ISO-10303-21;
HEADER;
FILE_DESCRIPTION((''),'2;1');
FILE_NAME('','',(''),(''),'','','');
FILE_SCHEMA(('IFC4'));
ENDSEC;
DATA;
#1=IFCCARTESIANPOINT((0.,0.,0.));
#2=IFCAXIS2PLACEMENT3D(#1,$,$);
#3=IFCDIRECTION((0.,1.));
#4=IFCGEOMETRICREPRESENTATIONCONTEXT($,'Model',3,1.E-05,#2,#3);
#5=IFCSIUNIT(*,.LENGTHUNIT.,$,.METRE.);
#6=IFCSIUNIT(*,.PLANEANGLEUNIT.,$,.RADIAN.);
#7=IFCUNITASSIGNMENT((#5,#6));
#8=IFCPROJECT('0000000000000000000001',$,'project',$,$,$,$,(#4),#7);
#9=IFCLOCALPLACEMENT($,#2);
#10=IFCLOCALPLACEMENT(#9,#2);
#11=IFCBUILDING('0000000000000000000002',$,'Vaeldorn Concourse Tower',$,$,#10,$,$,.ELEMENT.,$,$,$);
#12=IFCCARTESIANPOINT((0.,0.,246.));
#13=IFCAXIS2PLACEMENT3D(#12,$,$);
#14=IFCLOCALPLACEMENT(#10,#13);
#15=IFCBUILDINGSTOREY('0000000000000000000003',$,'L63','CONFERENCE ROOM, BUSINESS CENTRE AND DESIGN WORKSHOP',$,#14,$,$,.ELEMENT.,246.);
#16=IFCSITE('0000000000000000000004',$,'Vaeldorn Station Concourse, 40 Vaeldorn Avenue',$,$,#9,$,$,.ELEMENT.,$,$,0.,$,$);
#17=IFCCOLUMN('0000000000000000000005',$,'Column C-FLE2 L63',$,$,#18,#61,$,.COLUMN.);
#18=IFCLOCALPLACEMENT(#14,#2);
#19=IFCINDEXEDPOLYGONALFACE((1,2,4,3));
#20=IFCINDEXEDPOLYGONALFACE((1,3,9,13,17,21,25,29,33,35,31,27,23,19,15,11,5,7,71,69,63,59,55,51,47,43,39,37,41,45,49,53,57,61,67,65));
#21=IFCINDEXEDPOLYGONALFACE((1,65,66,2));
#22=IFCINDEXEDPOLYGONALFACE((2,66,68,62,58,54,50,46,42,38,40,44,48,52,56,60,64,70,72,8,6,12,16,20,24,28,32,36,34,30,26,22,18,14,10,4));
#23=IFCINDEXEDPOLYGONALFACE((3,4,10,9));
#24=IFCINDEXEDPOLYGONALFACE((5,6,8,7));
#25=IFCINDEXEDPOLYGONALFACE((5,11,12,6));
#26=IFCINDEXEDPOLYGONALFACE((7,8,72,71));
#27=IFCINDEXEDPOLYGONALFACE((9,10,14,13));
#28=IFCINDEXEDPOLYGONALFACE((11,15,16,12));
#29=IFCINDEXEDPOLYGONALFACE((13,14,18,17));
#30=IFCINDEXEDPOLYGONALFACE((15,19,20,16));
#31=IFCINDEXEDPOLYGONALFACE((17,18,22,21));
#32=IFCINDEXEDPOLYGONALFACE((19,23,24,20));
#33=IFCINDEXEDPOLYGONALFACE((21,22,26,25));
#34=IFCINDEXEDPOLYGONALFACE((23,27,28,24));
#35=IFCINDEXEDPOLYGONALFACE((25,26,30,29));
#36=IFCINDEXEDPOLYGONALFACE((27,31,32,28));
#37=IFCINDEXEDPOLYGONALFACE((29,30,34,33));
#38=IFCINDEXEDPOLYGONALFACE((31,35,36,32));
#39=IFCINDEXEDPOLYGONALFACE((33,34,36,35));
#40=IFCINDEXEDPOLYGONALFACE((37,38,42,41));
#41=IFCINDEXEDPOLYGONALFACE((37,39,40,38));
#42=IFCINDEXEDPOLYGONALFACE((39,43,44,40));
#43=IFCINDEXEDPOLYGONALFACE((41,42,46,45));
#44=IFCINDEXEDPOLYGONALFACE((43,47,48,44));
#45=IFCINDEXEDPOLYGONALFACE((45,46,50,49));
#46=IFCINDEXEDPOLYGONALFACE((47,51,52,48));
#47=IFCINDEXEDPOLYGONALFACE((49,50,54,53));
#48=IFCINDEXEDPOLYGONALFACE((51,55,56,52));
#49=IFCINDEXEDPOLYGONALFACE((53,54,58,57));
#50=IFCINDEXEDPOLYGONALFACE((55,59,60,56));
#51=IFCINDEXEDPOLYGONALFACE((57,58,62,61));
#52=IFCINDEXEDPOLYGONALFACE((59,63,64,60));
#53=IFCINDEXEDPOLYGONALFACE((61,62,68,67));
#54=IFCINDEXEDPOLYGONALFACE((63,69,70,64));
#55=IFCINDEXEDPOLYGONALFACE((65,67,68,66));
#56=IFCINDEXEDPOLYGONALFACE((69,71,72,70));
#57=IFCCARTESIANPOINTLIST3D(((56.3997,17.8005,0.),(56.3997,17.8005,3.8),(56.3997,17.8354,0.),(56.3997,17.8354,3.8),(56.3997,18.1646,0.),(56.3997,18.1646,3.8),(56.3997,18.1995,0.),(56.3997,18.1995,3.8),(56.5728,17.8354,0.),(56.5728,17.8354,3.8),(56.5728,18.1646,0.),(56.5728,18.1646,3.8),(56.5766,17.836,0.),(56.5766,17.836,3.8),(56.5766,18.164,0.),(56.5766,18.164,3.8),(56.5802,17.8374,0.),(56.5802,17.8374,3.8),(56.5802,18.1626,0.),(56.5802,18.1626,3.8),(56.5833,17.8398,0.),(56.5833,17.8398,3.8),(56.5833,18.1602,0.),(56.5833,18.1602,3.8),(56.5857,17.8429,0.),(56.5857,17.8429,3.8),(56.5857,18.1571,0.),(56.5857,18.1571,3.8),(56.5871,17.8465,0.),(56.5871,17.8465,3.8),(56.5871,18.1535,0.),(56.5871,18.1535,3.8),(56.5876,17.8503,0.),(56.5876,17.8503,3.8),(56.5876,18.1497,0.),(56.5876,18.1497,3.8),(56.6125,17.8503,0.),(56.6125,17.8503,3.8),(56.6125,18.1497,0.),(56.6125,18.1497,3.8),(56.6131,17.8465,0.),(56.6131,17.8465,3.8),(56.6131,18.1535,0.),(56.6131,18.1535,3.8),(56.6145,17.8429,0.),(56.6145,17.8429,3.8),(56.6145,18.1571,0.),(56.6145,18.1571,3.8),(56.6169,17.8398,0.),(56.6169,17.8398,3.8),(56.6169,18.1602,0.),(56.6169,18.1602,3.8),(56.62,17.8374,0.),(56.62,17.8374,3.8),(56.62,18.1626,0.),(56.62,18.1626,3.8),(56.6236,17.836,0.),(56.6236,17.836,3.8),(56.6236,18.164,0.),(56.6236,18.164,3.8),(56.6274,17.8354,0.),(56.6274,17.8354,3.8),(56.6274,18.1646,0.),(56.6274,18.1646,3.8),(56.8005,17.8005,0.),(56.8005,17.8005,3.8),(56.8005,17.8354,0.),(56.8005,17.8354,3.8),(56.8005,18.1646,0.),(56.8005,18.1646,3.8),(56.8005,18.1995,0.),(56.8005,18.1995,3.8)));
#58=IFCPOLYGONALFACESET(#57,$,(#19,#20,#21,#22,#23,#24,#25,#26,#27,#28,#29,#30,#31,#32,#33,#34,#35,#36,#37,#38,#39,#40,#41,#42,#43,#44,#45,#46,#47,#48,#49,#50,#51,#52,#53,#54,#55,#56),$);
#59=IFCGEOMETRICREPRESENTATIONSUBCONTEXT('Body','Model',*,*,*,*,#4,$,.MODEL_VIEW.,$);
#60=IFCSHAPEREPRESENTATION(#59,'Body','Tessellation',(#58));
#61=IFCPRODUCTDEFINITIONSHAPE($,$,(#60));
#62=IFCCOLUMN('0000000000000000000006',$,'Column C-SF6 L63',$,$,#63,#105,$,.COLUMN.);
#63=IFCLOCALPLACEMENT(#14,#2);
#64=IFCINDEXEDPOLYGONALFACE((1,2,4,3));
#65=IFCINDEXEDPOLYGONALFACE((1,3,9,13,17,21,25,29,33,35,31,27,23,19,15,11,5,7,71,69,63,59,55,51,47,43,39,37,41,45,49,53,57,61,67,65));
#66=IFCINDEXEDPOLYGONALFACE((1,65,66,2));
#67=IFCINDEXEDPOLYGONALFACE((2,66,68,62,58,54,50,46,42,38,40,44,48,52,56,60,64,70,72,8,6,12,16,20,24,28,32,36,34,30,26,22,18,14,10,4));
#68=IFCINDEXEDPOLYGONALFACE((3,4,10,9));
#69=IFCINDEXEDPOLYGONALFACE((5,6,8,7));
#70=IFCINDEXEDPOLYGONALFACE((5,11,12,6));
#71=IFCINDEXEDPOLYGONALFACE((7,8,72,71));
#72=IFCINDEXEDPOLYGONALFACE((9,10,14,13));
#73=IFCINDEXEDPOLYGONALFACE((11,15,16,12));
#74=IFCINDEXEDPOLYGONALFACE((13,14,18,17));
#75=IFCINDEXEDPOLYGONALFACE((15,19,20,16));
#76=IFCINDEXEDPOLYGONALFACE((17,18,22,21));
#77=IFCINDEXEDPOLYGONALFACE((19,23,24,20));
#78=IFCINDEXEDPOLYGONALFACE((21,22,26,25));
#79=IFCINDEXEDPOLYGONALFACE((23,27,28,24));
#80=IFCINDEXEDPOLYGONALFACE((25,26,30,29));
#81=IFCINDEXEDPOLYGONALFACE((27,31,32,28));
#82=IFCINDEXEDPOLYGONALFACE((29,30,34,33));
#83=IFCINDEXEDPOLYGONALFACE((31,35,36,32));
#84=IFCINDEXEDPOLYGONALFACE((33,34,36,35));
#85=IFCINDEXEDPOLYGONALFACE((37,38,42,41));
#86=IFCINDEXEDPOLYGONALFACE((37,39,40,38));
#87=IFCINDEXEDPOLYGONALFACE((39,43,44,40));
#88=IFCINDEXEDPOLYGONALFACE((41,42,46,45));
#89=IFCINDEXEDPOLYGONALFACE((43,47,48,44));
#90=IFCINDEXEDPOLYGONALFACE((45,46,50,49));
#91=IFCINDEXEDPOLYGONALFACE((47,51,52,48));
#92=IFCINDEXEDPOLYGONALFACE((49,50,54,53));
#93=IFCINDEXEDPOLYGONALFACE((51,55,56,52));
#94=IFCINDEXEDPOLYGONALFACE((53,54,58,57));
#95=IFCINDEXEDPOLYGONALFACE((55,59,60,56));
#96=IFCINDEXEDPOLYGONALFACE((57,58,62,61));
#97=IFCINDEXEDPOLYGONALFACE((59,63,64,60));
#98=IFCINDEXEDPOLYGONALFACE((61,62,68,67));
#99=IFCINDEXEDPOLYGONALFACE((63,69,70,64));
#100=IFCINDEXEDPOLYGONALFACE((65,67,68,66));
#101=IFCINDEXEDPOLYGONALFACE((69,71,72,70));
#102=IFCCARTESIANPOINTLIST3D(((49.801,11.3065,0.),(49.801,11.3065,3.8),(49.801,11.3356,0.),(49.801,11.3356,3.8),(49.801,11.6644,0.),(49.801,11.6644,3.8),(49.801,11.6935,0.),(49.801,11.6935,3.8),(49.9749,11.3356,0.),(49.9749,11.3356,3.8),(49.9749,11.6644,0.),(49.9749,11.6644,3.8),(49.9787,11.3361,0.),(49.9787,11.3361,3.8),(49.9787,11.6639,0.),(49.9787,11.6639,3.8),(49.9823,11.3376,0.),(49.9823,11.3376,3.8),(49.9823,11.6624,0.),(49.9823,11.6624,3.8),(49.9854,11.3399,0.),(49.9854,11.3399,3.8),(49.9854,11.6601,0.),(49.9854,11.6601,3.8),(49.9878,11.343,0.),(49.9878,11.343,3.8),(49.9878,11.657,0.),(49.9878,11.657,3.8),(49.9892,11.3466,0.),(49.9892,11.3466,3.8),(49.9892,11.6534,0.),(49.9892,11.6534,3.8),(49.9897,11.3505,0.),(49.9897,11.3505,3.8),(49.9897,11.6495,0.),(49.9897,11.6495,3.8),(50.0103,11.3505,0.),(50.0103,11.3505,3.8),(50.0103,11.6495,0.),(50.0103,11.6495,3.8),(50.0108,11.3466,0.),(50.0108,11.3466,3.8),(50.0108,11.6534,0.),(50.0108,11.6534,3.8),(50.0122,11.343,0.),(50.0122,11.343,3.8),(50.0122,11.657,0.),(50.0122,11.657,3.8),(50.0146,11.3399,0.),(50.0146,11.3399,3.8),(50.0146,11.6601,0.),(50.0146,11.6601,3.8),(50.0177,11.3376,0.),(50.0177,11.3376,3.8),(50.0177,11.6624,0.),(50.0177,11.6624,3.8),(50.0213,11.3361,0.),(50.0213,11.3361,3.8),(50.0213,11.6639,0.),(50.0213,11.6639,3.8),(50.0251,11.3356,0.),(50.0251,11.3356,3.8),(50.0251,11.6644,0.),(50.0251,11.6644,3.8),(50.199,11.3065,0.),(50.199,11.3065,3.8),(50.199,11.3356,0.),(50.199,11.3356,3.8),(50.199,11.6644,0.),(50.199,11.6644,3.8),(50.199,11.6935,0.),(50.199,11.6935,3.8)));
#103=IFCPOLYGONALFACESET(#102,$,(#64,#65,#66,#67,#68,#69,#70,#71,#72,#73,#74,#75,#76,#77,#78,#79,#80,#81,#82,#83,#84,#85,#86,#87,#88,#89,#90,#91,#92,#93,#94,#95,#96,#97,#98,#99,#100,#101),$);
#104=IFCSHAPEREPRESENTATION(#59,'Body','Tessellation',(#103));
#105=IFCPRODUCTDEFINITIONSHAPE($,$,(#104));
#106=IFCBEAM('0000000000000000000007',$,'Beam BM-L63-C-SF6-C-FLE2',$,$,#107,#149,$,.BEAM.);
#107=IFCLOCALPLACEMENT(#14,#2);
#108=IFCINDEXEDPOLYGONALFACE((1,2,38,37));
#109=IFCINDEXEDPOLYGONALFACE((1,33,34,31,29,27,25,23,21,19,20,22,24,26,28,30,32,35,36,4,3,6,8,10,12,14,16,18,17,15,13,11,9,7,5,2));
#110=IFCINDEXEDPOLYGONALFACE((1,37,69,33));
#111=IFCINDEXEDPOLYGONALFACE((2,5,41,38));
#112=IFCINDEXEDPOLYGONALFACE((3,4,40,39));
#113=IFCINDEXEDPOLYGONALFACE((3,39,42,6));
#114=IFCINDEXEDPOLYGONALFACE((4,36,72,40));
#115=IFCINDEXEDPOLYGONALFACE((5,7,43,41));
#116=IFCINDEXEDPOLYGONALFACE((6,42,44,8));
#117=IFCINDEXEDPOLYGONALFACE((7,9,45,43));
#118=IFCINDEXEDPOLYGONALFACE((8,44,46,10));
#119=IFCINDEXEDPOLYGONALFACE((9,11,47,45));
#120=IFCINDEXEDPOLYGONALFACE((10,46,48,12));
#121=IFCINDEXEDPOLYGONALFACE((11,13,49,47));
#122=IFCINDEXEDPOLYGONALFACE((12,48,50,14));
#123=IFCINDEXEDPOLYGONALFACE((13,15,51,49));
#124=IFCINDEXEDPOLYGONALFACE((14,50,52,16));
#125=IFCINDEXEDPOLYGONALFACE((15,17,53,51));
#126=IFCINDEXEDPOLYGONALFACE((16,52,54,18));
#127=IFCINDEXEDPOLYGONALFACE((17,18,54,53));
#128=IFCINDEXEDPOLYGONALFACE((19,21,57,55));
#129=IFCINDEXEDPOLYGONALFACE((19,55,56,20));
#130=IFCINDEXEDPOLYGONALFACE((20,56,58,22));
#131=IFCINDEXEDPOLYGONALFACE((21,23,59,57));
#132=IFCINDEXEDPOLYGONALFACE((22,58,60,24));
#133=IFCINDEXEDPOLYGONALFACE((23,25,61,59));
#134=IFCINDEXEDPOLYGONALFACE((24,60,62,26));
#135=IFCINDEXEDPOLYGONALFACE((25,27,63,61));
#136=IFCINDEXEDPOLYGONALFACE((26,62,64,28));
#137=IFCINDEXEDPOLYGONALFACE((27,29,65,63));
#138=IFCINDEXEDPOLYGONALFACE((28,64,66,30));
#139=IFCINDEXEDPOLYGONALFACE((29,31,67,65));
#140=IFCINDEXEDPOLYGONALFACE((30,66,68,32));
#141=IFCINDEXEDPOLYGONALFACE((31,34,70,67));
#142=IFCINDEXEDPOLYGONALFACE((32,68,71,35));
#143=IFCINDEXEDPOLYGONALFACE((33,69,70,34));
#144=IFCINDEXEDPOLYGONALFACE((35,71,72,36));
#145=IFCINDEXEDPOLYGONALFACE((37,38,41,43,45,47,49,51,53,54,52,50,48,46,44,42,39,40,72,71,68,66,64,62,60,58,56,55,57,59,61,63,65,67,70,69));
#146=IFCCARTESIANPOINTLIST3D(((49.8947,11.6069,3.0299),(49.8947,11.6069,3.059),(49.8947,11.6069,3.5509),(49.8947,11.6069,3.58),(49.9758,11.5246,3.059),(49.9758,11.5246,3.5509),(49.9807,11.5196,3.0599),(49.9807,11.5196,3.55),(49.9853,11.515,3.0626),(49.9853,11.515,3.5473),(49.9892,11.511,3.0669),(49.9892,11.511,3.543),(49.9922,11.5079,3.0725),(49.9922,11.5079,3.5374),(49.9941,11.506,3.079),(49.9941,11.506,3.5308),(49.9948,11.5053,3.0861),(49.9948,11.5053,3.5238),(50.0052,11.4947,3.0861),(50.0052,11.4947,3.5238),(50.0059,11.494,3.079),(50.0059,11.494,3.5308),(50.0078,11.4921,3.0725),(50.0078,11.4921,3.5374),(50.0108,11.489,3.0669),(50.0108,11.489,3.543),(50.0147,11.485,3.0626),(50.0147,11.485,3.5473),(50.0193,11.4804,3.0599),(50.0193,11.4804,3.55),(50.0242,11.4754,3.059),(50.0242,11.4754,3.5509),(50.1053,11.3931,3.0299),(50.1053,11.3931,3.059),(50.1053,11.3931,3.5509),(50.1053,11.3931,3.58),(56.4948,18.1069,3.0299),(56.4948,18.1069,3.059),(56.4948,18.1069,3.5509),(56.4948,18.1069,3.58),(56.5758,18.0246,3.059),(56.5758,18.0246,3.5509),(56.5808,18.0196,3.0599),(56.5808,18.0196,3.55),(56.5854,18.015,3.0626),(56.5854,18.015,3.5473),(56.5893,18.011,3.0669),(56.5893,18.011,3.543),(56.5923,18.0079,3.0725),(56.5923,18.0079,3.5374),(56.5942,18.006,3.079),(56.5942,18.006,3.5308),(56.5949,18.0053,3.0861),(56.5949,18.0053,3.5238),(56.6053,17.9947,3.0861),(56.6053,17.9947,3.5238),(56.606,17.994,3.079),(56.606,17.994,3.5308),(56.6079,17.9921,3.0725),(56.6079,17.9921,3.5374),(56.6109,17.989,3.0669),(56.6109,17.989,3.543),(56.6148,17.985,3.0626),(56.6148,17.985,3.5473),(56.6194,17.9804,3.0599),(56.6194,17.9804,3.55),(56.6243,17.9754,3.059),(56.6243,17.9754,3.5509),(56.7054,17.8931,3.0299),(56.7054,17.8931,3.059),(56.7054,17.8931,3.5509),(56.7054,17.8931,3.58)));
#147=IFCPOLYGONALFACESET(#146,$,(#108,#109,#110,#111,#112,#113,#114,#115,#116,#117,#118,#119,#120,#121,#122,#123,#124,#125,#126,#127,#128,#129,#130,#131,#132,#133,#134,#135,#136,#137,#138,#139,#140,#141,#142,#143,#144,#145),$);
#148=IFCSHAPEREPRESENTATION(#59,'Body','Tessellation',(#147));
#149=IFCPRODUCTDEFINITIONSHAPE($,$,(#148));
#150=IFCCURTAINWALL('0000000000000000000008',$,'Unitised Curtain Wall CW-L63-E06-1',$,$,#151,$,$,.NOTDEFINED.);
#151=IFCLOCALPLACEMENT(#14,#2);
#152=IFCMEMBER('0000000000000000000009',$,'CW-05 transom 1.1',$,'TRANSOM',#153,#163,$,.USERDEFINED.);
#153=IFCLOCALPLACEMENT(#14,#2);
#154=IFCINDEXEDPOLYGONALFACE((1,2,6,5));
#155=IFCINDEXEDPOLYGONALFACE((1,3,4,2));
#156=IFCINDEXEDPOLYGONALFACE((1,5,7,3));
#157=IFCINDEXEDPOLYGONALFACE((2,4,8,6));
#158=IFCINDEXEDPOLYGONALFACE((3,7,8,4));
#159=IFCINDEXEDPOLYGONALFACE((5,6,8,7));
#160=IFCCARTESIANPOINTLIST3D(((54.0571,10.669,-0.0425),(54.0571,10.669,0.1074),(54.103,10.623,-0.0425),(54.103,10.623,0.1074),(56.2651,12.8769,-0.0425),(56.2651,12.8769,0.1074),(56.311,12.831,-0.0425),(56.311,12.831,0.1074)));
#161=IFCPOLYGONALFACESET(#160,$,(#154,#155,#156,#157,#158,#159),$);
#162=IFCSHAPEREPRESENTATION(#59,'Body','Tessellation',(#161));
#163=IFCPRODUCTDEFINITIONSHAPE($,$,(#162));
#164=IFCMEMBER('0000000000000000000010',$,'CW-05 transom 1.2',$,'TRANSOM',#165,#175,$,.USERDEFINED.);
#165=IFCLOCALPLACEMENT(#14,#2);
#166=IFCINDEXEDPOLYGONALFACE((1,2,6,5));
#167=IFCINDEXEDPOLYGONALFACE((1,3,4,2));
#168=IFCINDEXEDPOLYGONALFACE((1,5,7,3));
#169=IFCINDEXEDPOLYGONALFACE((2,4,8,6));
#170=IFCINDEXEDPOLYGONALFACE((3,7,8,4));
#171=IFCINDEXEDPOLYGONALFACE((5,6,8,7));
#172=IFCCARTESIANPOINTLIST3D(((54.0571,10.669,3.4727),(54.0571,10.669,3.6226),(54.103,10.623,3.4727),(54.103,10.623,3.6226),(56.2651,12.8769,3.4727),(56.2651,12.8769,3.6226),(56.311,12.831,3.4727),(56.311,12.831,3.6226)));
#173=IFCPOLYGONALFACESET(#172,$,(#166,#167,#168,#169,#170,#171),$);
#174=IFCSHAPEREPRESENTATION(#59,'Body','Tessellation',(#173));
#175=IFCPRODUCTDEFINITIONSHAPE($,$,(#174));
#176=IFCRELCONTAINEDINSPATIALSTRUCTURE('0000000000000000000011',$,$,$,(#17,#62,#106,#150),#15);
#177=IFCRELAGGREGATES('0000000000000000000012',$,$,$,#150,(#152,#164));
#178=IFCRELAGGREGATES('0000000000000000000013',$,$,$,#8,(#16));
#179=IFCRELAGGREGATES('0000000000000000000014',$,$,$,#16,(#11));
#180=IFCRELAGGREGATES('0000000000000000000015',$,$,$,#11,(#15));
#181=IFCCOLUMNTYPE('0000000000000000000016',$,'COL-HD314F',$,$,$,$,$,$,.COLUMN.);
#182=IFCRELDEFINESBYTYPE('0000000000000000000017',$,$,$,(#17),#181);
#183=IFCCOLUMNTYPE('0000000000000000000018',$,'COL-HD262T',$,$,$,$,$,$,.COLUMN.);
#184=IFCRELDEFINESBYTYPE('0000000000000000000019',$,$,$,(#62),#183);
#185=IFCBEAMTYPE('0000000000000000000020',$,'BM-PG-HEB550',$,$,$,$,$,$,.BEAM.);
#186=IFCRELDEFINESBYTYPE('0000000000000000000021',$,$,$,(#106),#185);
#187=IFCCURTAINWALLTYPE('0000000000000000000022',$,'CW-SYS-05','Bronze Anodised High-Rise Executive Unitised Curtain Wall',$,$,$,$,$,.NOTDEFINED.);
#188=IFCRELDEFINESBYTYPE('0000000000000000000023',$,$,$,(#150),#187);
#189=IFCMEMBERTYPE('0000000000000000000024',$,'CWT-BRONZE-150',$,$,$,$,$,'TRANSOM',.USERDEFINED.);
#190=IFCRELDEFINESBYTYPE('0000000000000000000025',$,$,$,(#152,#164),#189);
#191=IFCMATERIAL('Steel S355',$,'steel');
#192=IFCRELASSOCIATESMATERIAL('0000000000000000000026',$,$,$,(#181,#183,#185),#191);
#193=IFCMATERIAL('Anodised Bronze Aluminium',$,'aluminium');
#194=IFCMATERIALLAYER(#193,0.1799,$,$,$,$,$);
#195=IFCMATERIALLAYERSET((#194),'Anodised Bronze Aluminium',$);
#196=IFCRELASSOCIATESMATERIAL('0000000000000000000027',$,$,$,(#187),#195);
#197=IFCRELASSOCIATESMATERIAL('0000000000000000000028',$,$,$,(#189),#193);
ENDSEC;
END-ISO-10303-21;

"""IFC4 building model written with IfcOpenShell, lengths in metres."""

from ifc_helpers import new_model, si_unit, direction, frame, origin, origin_2d, place, context, subcontext, project, spatial, rectangle, i_section, extrude, source, transform, mapped, material, layer, layer_set, material_profile, profile_set, type_object, element, aggregate, save


model = new_model("IFC4")

# Units and contexts
model_context = context("Model", 3, precision=1e-05, world=origin(), true_north=direction((0.0, 1.0)))
body_context = subcontext(model_context, "Body", "Model", "MODEL_VIEW")
ifc_project = project(units=[si_unit("LENGTHUNIT", "METRE"), si_unit("PLANEANGLEUNIT", "RADIAN")], contexts=[model_context])

# Site, building, storey
site_placement = place(None, origin())
site = spatial("IfcSite", under=ifc_project, at=site_placement, Name="Vaeldorn Station Concourse, 40 Vaeldorn Avenue", CompositionType="ELEMENT", RefElevation=0.0)
building_placement = place(site_placement, origin())
building = spatial("IfcBuilding", under=site, at=building_placement, Name="Vaeldorn Concourse Tower", CompositionType="ELEMENT")
storey_placement = place(building_placement, frame((0.0, 0.0, 246.0)))
storey = spatial("IfcBuildingStorey", under=building, at=storey_placement, Name="L63", Description="CONFERENCE ROOM, BUSINESS CENTRE AND DESIGN WORKSHOP", CompositionType="ELEMENT", Elevation=246.0)

# Columns
ifc_material_1 = material(Name="Steel S355", Category="steel")
ifc_material_profile_1 = material_profile(ifc_material_1, i_section(OverallWidth=0.4009, OverallDepth=0.3989, WebThickness=0.0249, FlangeThickness=0.0349, FilletRadius=0.0149, at=origin_2d()), Name="HD 400x314")
ifc_profile_set_1 = profile_set([ifc_material_profile_1], Name="Steel S355")
column_type_1 = type_object("IfcColumnType", Name="COL-HD314F", PredefinedType="COLUMN", material=ifc_profile_set_1)
shared_shape_1 = source(origin(), body_context, "Body", "SweptSolid", [
    extrude(i_section(OverallWidth=0.4009, OverallDepth=0.3989, WebThickness=0.0249, FlangeThickness=0.0349, FilletRadius=0.0149, at=origin_2d()), origin(), (0.0, 0.0, 1.0), 3.8),
])
column_1_placement = place(storey_placement, frame((56.6001, 18.0, 0.0), z_axis=(0.0, 0.0, 1.0), x_axis=(1.0, 0.0, 0.0)))
element("IfcColumn", 1, at=column_1_placement, inside=storey, type_object=column_type_1, Name="Column C-FLE2 L63", PredefinedType="COLUMN", context=body_context, shape_type="MappedRepresentation", body=[
    mapped(shared_shape_1, transform((0.0, 0.0, 0.0), scale=1.0)),
])
ifc_material_profile_2 = material_profile(ifc_material_1, i_section(OverallWidth=0.3979, OverallDepth=0.387, WebThickness=0.0205, FlangeThickness=0.0291, FilletRadius=0.0149, at=origin_2d()), Name="HD 400x262")
ifc_profile_set_2 = profile_set([ifc_material_profile_2], Name="Steel S355")
column_type_2 = type_object("IfcColumnType", Name="COL-HD262T", PredefinedType="COLUMN", material=ifc_profile_set_2)
shared_shape_2 = source(origin(), body_context, "Body", "SweptSolid", [
    extrude(i_section(OverallWidth=0.3979, OverallDepth=0.387, WebThickness=0.0205, FlangeThickness=0.0291, FilletRadius=0.0149, at=origin_2d()), origin(), (0.0, 0.0, 1.0), 3.8),
])
column_2_placement = place(storey_placement, frame((50.0, 11.5, 0.0), z_axis=(0.0, 0.0, 1.0), x_axis=(1.0, 0.0, 0.0)))
element("IfcColumn", 2, at=column_2_placement, inside=storey, type_object=column_type_2, Name="Column C-SF6 L63", PredefinedType="COLUMN", context=body_context, shape_type="MappedRepresentation", body=[
    mapped(shared_shape_2, transform((0.0, 0.0, 0.0), scale=1.0)),
])

# Beam
ifc_material_profile_3 = material_profile(ifc_material_1, i_section(OverallWidth=0.3, OverallDepth=0.55, WebThickness=0.0149, FlangeThickness=0.0291, FilletRadius=0.0271, at=origin_2d()), Name="HEB 550")
ifc_profile_set_3 = profile_set([ifc_material_profile_3], Name="Steel S355")
beam_type = type_object("IfcBeamType", Name="BM-PG-HEB550", PredefinedType="BEAM", material=ifc_profile_set_3)
shared_shape_3 = source(origin(), body_context, "Body", "SweptSolid", [
    extrude(i_section(OverallWidth=0.3, OverallDepth=0.55, WebThickness=0.0149, FlangeThickness=0.0291, FilletRadius=0.0271, at=origin_2d()), origin(), (0.0, 0.0, 1.0), 9.2634),
])
beam_placement = place(storey_placement, frame((50.0, 11.5, 3.3049), z_axis=(0.712489, 0.701683, 0.0), x_axis=(-0.701683, 0.712489, 0.0)))
element("IfcBeam", 3, at=beam_placement, inside=storey, type_object=beam_type, Name="Beam BM-L63-C-SF6-C-FLE2", PredefinedType="BEAM", context=body_context, shape_type="MappedRepresentation", body=[
    mapped(shared_shape_3, transform((0.0, 0.0, 0.0), scale=1.0)),
])

# Curtain wall, members
ifc_material_2 = material(Name="Anodised Bronze Aluminium", Category="aluminium")
ifc_layer_1 = layer(ifc_material_2, 0.1799)
ifc_layer_set_1 = layer_set([ifc_layer_1], Name="Anodised Bronze Aluminium")
curtain_wall_type = type_object("IfcCurtainWallType", Name="CW-SYS-05", Description="Bronze Anodised High-Rise Executive Unitised Curtain Wall", PredefinedType="NOTDEFINED", material=ifc_layer_set_1)
curtain_wall_1_placement = place(storey_placement, origin())
curtain_wall_1 = element("IfcCurtainWall", 4, at=curtain_wall_1_placement, inside=storey, type_object=curtain_wall_type, Name="Unitised Curtain Wall CW-L63-E06-1", PredefinedType="NOTDEFINED")
ifc_material_profile_4 = material_profile(ifc_material_2, rectangle(XDim=0.0649, YDim=0.1499, at=origin_2d()), Name="CWT 65x150")
ifc_profile_set_4 = profile_set([ifc_material_profile_4], Name="Anodised Bronze Aluminium")
member_type_1 = type_object("IfcMemberType", Name="CWT-BRONZE-150", ElementType="TRANSOM", PredefinedType="USERDEFINED", material=ifc_profile_set_4)
shared_shape_4 = source(origin(), body_context, "Body", "SweptSolid", [
    extrude(rectangle(XDim=0.0649, YDim=0.1499, at=origin_2d()), origin(), (0.0, 0.0, 1.0), 3.1226),
])
member_1_placement = place(storey_placement, frame((54.0801, 10.646, 0.0325), z_axis=(0.707107, 0.707107, 0.0), x_axis=(-0.707107, 0.707107, 0.0)))
member_1 = element("IfcMember", 5, at=member_1_placement, type_object=member_type_1, Name="CW-05 transom 1.1", ObjectType="TRANSOM", PredefinedType="USERDEFINED", context=body_context, shape_type="MappedRepresentation", body=[
    mapped(shared_shape_4, transform((0.0, 0.0, 0.0), scale=1.0)),
])
member_2_placement = place(storey_placement, frame((54.0801, 10.646, 3.5476), z_axis=(0.707107, 0.707107, 0.0), x_axis=(-0.707107, 0.707107, 0.0)))
member_2 = element("IfcMember", 6, at=member_2_placement, type_object=member_type_1, Name="CW-05 transom 1.2", ObjectType="TRANSOM", PredefinedType="USERDEFINED", context=body_context, shape_type="MappedRepresentation", body=[
    mapped(shared_shape_4, transform((0.0, 0.0, 0.0), scale=1.0)),
])

aggregate(curtain_wall_1, [member_1, member_2])

save(model, "model.ifc")
